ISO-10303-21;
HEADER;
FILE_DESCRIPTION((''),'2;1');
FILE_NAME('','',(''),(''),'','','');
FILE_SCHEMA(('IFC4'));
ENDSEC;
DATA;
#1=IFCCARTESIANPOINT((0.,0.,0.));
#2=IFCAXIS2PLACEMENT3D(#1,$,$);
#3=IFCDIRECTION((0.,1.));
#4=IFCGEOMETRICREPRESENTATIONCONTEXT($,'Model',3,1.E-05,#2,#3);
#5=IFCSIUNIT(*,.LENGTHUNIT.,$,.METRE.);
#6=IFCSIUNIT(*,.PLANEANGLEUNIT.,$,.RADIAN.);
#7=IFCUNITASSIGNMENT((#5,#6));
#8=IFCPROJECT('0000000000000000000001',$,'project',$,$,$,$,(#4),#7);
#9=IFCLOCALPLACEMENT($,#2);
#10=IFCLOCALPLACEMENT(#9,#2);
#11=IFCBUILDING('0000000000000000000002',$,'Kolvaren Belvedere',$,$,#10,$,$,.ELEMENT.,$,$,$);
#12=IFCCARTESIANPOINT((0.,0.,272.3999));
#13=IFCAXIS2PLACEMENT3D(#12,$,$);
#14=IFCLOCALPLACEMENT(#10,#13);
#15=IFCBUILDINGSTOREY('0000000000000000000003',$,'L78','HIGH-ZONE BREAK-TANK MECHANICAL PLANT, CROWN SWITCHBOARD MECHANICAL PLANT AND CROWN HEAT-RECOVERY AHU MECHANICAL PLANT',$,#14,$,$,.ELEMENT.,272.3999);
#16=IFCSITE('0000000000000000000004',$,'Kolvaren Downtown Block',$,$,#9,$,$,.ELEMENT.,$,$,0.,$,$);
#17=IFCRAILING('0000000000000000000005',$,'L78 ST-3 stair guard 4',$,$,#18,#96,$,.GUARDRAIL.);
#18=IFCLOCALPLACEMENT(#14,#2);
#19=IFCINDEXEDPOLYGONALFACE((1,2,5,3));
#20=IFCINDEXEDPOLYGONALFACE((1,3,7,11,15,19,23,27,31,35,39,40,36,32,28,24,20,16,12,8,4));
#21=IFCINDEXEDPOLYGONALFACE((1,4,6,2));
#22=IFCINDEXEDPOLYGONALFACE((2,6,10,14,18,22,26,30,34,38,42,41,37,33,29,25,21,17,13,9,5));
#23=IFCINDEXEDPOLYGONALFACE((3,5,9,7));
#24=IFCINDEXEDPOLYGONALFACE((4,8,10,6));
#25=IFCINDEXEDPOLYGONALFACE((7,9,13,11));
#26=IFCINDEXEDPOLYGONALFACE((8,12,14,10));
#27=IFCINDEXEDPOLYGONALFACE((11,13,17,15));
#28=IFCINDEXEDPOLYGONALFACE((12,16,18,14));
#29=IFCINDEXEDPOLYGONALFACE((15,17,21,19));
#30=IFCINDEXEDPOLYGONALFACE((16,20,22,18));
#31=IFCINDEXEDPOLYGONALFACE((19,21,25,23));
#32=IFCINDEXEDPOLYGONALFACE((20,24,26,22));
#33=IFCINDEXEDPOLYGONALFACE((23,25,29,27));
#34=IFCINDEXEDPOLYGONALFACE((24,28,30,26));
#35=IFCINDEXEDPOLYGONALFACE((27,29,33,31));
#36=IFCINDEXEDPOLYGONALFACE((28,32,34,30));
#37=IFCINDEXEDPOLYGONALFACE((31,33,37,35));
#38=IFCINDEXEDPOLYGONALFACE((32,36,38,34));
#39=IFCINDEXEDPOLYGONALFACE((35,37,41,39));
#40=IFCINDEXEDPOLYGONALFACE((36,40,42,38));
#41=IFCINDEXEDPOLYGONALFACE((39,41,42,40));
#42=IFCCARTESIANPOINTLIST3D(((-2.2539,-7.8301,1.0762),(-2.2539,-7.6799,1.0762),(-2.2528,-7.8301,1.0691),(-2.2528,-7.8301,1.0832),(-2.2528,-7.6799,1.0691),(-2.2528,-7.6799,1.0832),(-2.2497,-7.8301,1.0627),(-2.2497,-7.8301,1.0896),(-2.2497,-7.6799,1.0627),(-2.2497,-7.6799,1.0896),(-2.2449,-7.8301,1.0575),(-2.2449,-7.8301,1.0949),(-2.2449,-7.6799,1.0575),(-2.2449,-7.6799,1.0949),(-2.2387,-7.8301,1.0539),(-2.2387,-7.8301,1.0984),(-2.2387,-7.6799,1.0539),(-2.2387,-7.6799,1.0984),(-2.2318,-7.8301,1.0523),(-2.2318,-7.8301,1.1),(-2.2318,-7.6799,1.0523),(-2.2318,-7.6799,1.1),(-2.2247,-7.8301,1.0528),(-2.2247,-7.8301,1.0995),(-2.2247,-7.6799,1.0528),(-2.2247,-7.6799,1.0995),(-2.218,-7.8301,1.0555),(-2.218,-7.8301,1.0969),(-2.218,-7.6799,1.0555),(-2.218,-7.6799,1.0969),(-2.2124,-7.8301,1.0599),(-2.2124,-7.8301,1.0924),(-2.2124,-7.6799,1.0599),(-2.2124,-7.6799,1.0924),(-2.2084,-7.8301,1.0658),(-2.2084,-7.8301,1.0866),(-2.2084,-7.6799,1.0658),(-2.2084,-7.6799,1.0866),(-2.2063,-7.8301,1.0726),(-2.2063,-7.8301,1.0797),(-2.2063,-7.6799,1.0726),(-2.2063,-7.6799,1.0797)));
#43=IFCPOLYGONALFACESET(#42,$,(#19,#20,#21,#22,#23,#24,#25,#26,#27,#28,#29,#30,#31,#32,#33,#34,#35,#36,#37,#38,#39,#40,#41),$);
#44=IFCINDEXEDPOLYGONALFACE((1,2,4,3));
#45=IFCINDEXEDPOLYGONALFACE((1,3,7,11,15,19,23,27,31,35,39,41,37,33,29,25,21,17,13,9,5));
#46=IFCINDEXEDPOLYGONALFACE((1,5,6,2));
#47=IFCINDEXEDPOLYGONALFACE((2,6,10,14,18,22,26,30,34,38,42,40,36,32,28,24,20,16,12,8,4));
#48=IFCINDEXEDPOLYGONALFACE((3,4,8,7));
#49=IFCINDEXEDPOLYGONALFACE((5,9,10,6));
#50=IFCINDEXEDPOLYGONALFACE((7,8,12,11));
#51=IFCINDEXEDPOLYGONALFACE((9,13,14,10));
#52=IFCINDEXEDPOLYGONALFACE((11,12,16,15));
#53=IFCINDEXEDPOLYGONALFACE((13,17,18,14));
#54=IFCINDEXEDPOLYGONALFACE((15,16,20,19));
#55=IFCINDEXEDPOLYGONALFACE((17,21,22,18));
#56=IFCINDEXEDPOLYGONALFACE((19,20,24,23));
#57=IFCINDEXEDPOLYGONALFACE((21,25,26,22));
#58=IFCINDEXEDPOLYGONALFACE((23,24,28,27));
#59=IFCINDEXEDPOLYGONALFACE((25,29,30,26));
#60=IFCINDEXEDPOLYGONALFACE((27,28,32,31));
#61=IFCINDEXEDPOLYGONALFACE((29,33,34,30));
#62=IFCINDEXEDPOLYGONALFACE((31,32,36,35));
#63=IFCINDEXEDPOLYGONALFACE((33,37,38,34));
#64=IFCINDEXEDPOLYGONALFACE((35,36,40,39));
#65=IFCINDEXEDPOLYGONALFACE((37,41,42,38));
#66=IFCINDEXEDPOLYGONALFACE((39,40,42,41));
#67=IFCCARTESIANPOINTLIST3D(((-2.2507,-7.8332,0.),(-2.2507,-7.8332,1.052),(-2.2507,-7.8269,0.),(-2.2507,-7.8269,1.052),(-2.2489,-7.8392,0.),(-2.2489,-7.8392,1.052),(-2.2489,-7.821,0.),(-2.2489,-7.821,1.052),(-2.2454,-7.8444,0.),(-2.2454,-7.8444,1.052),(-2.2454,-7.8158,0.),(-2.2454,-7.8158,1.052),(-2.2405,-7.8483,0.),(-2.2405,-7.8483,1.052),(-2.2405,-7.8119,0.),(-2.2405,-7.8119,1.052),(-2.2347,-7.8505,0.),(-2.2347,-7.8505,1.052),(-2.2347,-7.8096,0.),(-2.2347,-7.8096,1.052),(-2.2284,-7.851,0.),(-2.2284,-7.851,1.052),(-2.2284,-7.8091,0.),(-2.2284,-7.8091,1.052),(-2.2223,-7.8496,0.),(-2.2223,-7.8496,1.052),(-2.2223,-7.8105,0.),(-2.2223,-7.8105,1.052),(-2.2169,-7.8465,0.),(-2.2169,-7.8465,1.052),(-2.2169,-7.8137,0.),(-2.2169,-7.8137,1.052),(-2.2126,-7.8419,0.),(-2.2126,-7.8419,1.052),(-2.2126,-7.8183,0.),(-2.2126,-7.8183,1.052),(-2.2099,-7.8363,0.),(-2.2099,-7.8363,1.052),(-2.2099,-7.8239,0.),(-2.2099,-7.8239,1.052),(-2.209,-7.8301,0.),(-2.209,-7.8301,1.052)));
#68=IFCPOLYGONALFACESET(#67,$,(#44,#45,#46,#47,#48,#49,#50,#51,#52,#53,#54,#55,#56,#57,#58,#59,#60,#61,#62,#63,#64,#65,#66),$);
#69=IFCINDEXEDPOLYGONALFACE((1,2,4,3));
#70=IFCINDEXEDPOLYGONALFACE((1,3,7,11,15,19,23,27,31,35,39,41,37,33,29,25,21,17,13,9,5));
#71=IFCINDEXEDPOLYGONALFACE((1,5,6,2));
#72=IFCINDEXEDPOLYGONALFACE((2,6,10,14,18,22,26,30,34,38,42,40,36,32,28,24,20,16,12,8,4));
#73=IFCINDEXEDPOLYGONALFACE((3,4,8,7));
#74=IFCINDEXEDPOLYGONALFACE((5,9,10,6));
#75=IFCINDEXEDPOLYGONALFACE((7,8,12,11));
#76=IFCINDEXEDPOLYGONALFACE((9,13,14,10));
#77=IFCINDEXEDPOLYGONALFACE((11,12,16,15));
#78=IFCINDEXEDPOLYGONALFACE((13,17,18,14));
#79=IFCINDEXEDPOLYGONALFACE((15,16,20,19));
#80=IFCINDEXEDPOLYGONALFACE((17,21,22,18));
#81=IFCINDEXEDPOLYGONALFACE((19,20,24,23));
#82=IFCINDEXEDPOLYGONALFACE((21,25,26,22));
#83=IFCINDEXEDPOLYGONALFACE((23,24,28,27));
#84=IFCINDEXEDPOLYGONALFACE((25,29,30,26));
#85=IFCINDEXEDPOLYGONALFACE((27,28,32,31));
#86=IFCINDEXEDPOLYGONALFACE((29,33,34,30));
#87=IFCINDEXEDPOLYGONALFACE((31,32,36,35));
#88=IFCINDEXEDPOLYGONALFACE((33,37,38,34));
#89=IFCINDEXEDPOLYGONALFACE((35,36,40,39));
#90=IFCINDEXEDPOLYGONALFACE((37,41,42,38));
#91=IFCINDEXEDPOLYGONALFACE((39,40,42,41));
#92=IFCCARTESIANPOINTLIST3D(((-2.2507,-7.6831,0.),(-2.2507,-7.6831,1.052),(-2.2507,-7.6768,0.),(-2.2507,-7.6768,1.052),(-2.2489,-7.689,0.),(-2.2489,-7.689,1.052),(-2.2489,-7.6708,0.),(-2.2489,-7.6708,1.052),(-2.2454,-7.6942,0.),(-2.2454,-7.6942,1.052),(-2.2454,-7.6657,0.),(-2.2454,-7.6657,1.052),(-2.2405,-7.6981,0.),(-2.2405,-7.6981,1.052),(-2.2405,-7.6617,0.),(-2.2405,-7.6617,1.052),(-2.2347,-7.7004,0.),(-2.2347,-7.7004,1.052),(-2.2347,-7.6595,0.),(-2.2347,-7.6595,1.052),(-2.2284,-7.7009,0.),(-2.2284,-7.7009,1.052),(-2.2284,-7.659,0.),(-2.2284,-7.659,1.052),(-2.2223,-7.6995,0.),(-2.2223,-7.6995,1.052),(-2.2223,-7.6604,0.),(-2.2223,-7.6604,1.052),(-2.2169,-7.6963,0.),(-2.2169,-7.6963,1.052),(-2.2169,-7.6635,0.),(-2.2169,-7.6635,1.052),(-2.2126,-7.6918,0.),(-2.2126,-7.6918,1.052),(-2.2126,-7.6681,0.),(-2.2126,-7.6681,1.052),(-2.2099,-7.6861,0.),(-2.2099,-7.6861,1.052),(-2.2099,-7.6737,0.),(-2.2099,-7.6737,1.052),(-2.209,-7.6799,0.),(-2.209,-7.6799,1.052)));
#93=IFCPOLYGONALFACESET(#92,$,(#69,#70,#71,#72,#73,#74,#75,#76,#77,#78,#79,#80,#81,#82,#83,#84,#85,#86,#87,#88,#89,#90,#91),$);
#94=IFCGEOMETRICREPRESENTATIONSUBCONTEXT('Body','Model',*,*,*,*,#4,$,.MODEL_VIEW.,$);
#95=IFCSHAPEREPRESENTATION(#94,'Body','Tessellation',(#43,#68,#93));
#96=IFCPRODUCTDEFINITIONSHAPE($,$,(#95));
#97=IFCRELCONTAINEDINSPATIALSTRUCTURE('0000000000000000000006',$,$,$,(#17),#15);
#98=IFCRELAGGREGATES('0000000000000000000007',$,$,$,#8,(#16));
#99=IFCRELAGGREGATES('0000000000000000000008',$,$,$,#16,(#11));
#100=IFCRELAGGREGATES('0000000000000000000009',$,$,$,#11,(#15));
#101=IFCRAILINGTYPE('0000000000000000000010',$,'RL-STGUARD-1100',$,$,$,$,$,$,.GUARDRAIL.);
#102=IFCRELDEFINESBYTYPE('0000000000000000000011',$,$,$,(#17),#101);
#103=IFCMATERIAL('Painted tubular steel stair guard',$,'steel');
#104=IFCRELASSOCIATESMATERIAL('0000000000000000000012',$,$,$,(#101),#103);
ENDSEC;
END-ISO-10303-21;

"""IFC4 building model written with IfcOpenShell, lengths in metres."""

from ifc_helpers import new_model, si_unit, direction, frame, origin, origin_2d, place, context, subcontext, project, spatial, circle, extrude, material, type_object, element, save


model = new_model("IFC4")

# Units and contexts
model_context = context("Model", 3, precision=1e-05, world=origin(), true_north=direction((0.0, 1.0)))
body_context = subcontext(model_context, "Body", "Model", "MODEL_VIEW")
ifc_project = project(units=[si_unit("LENGTHUNIT", "METRE"), si_unit("PLANEANGLEUNIT", "RADIAN")], contexts=[model_context])

# Site, building, storey
site_placement = place(None, origin())
site = spatial("IfcSite", under=ifc_project, at=site_placement, Name="Kolvaren Downtown Block", CompositionType="ELEMENT", RefElevation=0.0)
building_placement = place(site_placement, origin())
building = spatial("IfcBuilding", under=site, at=building_placement, Name="Kolvaren Belvedere", CompositionType="ELEMENT")
storey_placement = place(building_placement, frame((0.0, 0.0, 272.3999)))
storey = spatial("IfcBuildingStorey", under=building, at=storey_placement, Name="L78", Description="HIGH-ZONE BREAK-TANK MECHANICAL PLANT, CROWN SWITCHBOARD MECHANICAL PLANT AND CROWN HEAT-RECOVERY AHU MECHANICAL PLANT", CompositionType="ELEMENT", Elevation=272.3999)

# Railing
ifc_material_1 = material(Name="Painted tubular steel stair guard", Category="steel")
railing_type_1 = type_object("IfcRailingType", Name="RL-STGUARD-1100", PredefinedType="GUARDRAIL", material=ifc_material_1)
railing_1_placement = place(storey_placement, frame((-2.23, -7.8301, 0.0)))
element("IfcRailing", 1, at=railing_1_placement, inside=storey, type_object=railing_type_1, Name="L78 ST-3 stair guard 4", PredefinedType="GUARDRAIL", context=body_context, shape_type="SweptSolid", body=[
    extrude(circle(Radius=0.0239, at=origin_2d()), frame((0.0, 0.0, 1.0762), z_axis=(0.0, 1.0, 0.0), x_axis=(-1.0, 0.0, 0.0)), (0.0, 0.0, 1.0), 0.1501),
    extrude(circle(Radius=0.021, at=origin_2d()), origin(), (0.0, 0.0, 1.0), 1.052),
    extrude(circle(Radius=0.021, at=origin_2d()), frame((0.0, 0.1501, 0.0)), (0.0, 0.0, 1.0), 1.052),
])

save(model, "model.ifc")
